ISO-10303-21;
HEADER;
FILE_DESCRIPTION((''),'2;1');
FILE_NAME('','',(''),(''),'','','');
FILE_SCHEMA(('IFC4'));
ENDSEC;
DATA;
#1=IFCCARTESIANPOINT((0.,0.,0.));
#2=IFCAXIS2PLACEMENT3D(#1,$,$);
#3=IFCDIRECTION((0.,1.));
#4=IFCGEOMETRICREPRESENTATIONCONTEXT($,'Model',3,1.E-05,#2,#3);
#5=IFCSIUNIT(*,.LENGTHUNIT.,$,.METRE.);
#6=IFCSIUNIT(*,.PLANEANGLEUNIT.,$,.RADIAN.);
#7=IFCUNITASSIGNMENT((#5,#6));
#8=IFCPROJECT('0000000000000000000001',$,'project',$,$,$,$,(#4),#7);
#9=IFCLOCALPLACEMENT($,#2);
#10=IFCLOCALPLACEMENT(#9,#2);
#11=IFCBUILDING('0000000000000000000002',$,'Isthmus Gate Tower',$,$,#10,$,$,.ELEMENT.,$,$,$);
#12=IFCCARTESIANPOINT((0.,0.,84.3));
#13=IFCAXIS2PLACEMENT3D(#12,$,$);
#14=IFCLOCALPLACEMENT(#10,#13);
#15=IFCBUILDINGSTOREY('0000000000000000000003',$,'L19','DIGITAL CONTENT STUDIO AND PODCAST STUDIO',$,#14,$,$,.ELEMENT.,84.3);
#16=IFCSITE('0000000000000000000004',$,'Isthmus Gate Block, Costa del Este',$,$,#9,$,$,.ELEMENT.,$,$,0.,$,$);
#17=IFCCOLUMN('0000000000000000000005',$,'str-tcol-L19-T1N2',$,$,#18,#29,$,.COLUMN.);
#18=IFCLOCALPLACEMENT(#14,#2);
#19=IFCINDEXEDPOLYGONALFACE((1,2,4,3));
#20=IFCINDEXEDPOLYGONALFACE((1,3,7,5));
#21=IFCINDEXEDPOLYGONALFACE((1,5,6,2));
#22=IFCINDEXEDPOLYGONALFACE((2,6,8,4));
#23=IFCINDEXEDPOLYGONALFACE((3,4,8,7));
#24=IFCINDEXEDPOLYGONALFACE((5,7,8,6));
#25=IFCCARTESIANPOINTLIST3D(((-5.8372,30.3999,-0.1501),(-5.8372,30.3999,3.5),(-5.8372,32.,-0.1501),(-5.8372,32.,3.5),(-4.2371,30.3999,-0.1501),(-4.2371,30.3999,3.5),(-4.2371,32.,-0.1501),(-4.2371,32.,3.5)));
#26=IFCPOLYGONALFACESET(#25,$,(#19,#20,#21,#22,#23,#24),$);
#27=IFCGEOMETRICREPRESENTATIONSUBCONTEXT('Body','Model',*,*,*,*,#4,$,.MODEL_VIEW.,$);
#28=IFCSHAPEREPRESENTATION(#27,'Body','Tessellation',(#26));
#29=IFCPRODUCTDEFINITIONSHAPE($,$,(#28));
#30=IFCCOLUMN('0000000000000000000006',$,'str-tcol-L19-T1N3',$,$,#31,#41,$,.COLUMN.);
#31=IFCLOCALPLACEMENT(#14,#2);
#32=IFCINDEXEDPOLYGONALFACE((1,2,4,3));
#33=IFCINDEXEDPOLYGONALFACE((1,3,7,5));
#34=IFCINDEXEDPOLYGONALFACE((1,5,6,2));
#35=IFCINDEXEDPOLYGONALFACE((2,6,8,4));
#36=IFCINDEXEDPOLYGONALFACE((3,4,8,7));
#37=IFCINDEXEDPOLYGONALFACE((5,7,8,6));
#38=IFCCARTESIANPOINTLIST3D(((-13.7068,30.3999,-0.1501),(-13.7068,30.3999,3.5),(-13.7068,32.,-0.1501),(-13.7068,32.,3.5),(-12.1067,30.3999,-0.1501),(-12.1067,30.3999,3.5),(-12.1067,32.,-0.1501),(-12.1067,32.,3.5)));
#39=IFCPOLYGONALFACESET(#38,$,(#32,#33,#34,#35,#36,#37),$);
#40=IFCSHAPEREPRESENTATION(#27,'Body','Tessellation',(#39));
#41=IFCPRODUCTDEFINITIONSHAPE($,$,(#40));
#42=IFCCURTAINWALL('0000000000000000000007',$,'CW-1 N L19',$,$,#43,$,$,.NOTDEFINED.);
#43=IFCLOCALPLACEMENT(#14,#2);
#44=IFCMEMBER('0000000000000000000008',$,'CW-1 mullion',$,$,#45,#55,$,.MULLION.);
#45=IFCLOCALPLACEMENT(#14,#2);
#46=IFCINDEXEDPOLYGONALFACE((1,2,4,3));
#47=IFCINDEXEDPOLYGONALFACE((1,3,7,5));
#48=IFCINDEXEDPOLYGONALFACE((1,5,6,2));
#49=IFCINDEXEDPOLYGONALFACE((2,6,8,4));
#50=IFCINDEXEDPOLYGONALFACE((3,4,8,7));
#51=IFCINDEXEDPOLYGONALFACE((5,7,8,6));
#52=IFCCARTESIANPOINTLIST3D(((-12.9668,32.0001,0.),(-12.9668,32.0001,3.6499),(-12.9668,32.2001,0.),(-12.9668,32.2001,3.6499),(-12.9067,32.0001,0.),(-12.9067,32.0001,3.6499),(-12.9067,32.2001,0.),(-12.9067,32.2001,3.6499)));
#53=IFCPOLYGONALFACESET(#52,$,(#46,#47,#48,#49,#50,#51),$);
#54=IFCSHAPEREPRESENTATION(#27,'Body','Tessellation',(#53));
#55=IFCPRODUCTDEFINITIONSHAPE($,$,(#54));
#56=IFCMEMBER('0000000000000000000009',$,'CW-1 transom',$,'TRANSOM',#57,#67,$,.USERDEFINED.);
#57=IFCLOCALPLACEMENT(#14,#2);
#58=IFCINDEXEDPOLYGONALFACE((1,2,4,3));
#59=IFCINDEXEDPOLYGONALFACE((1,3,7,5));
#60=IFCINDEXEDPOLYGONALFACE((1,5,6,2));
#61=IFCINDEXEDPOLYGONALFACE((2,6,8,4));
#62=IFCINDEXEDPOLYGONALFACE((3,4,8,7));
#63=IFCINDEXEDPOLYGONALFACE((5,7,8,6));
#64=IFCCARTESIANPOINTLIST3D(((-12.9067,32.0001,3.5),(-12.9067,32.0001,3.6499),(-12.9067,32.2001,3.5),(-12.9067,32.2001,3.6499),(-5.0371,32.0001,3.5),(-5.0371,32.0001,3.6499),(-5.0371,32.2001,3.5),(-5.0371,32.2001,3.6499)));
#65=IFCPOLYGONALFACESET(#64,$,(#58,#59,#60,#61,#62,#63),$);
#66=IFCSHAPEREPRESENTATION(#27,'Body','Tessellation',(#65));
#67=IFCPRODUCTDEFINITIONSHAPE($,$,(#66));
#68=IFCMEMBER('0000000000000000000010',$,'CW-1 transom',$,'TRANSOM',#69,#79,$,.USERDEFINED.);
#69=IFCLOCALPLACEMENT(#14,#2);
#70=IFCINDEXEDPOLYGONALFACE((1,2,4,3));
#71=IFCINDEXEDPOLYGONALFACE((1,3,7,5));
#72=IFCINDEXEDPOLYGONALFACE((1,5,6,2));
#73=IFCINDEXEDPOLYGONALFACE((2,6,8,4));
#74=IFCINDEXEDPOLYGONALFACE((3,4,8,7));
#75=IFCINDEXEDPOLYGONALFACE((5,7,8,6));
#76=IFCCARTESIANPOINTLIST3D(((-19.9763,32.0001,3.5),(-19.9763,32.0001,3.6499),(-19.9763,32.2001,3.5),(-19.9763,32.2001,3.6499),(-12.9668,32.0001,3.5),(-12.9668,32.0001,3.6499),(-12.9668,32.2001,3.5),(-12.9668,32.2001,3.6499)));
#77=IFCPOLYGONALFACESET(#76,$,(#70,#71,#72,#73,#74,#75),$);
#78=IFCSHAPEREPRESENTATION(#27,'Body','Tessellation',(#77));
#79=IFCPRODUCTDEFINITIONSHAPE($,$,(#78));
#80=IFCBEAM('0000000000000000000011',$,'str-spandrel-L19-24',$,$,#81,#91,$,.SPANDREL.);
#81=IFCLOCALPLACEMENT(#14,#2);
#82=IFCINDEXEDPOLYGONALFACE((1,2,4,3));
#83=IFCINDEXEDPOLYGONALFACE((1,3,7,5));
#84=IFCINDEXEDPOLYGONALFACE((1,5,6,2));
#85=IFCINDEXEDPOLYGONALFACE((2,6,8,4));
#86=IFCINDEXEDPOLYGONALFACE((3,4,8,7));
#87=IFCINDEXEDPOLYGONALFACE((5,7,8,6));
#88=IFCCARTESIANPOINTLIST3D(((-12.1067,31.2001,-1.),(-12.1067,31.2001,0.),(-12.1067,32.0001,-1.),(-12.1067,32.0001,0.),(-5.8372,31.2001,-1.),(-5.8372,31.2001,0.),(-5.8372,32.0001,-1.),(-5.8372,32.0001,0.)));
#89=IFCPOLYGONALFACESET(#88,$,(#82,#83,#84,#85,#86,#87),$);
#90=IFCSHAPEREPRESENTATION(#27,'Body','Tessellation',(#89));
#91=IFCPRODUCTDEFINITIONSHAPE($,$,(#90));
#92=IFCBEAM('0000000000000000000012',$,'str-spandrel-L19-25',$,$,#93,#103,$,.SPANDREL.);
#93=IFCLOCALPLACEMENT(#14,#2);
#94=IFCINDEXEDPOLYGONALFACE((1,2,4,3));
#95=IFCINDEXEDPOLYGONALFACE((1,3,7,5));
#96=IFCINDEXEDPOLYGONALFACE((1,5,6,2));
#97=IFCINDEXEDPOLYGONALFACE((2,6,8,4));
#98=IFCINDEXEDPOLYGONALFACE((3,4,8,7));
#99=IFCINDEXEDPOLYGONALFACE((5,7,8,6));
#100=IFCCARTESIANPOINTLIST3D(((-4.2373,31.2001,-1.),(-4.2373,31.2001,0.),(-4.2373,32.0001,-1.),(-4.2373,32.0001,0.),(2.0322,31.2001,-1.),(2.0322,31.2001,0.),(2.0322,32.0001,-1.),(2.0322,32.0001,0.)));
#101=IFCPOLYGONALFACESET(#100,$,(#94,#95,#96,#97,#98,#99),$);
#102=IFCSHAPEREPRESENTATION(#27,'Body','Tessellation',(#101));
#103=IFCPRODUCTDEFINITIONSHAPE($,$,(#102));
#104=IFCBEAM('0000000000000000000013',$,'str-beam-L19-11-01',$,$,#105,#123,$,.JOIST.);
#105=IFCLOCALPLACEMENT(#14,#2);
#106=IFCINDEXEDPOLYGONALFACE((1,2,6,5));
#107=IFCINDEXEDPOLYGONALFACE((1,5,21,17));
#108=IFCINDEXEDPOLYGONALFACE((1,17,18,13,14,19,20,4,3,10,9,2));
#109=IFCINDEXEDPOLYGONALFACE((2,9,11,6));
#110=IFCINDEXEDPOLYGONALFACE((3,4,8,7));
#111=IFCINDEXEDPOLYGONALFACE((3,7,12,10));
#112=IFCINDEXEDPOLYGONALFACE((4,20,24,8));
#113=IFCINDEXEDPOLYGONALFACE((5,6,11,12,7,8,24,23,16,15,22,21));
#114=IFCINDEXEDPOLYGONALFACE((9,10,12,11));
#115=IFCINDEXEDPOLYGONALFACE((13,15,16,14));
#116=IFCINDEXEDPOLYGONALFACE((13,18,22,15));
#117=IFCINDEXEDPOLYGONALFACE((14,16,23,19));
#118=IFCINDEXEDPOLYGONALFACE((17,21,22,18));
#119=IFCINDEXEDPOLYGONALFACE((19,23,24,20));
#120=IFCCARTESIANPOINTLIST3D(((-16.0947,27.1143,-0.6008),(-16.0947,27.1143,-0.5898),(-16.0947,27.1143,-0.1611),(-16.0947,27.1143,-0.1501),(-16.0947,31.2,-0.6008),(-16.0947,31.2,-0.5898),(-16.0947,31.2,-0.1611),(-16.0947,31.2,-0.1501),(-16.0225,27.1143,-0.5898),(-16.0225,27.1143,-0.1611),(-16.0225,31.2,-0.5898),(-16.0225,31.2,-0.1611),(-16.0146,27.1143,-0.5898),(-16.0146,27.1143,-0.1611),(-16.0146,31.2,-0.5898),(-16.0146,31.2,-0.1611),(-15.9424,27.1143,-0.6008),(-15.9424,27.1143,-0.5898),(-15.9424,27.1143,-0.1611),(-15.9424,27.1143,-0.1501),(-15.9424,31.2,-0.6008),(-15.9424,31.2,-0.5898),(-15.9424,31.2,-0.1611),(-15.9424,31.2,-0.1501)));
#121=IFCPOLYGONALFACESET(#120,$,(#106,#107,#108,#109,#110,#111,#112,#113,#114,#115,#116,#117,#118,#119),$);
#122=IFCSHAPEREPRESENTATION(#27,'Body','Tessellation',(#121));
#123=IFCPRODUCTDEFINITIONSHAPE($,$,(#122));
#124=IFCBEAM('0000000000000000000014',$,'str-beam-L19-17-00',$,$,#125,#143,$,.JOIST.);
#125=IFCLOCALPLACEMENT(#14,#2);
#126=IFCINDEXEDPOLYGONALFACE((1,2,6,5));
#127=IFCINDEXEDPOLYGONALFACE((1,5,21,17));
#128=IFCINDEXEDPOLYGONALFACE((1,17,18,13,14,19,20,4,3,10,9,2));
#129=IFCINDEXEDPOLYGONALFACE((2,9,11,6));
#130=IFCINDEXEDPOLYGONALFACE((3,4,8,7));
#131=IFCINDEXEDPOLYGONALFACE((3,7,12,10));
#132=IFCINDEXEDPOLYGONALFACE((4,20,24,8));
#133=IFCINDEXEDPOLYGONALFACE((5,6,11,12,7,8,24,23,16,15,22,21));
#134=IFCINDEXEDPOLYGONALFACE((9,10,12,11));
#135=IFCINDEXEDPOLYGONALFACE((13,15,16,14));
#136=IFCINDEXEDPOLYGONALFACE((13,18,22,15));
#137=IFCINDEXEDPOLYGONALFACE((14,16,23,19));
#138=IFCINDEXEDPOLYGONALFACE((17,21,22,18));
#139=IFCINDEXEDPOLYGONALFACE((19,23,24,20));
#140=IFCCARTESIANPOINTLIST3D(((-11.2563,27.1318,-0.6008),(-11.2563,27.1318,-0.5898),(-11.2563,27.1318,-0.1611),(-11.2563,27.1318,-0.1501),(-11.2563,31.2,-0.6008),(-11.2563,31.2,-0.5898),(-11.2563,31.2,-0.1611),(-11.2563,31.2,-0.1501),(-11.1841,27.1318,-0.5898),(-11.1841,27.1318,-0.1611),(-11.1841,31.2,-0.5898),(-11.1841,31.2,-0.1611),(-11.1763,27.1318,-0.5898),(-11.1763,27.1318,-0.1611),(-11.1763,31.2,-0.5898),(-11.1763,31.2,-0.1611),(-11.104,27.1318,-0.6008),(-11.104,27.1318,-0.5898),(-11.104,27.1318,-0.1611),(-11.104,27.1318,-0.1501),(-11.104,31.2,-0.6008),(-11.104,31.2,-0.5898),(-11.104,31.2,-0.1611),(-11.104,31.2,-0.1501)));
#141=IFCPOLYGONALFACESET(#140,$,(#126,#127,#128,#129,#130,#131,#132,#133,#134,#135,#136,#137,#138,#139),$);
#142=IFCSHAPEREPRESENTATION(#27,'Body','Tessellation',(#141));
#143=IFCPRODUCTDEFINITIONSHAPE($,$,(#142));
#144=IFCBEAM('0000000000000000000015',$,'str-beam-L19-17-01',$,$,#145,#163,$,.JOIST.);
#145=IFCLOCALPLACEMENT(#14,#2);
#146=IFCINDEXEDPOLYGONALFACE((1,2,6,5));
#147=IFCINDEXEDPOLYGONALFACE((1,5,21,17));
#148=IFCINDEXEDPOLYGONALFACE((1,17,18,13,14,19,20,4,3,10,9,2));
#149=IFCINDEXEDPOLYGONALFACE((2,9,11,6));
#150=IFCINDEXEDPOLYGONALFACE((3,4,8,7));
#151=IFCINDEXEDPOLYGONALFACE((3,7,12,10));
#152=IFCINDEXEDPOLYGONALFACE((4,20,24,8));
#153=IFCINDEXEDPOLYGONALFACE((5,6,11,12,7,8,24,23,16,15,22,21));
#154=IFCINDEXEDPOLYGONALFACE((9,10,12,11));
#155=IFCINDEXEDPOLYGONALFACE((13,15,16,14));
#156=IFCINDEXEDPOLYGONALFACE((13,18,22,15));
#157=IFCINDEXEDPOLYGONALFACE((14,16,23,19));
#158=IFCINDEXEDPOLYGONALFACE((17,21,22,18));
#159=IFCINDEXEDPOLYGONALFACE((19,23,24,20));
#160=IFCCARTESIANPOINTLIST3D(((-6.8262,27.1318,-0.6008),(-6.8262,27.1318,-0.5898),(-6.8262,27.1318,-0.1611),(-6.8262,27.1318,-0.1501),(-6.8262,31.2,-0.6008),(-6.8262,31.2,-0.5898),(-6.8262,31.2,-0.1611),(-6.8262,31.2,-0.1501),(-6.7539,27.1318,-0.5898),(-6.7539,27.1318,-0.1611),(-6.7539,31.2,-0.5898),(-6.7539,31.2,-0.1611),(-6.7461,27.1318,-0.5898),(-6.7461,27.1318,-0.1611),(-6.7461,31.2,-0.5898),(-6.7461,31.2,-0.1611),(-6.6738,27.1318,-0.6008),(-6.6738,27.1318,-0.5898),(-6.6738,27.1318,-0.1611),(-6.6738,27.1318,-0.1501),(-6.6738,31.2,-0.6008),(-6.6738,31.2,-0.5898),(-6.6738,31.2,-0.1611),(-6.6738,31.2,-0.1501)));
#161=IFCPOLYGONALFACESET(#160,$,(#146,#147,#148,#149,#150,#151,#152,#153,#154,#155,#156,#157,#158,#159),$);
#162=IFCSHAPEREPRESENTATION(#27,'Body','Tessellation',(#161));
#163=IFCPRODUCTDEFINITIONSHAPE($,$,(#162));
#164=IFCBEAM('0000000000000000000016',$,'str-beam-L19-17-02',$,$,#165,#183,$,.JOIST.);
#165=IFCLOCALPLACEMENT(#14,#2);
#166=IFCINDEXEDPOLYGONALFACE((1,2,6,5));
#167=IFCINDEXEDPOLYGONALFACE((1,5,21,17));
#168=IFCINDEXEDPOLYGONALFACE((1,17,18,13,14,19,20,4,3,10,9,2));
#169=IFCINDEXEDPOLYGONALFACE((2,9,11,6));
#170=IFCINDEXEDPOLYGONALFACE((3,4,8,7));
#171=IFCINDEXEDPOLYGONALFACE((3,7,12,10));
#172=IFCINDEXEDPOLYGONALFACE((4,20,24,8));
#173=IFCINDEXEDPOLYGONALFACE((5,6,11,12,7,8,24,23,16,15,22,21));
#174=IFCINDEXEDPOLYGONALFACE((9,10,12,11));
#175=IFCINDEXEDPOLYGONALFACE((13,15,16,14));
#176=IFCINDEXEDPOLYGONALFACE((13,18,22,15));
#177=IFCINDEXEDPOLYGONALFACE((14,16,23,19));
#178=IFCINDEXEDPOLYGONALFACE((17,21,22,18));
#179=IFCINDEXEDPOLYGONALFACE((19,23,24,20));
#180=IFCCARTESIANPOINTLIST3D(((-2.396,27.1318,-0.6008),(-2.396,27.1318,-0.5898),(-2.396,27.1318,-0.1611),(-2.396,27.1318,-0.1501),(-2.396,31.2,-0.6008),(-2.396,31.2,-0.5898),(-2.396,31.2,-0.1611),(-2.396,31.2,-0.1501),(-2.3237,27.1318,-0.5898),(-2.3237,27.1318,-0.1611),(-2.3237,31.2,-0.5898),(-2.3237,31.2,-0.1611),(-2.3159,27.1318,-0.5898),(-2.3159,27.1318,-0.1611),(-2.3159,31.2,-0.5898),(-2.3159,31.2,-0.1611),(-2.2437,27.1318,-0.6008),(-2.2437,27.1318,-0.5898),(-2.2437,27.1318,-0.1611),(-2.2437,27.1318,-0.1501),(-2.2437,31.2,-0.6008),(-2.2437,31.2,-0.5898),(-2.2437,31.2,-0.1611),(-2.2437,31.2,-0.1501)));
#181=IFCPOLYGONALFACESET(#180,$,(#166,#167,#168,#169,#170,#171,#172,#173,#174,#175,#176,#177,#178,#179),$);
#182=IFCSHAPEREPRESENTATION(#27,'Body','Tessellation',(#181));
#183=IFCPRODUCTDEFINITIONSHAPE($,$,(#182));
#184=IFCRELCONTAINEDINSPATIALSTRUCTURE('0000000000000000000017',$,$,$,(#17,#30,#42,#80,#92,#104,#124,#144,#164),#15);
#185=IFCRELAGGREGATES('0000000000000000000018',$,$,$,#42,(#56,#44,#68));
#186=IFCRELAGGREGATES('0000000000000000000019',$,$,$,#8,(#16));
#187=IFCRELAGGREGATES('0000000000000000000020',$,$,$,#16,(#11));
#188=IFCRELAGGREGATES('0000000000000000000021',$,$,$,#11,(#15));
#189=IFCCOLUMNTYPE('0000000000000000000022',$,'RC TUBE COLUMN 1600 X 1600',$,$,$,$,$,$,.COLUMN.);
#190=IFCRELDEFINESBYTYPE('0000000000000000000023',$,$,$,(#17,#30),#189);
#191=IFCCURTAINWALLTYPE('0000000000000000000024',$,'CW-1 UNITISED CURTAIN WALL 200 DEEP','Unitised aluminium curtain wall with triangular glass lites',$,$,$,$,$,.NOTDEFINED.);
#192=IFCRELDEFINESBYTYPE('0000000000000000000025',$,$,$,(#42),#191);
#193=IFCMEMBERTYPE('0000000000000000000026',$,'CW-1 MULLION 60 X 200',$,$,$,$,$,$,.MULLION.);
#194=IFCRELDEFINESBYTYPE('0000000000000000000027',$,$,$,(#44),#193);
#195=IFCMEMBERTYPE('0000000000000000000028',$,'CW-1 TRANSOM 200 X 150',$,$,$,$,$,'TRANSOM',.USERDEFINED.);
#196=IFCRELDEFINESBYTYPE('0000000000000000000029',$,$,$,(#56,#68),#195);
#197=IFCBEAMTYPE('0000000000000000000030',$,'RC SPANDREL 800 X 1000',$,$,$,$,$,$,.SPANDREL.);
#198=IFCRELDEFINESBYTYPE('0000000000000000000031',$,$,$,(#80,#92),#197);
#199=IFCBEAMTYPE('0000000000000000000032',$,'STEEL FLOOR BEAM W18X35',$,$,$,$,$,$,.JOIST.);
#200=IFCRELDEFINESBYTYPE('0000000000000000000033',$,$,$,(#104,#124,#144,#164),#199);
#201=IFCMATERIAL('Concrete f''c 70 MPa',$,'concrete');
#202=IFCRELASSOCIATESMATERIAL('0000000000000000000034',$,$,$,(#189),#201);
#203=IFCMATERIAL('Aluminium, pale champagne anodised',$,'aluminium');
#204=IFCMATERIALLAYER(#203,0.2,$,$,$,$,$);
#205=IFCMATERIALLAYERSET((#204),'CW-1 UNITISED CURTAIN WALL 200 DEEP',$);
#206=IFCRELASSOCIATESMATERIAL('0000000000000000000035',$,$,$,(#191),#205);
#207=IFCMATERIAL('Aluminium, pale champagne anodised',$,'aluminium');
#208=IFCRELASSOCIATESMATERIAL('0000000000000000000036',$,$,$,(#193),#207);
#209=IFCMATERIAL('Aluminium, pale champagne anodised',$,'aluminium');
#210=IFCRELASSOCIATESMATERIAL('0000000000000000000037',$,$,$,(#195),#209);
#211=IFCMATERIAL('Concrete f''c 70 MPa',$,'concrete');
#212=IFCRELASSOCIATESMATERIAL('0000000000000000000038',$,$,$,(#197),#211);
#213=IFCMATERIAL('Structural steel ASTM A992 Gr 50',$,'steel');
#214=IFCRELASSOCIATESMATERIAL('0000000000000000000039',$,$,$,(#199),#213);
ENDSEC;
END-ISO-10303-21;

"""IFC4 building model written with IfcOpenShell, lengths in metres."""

from ifc_helpers import new_model, si_unit, direction, frame, origin, origin_2d, place, context, subcontext, project, spatial, rectangle, i_section, extrude, material, layer, layer_set, material_profile, profile_set, type_object, element, aggregate, save


model = new_model("IFC4")

# Units and contexts
model_context = context("Model", 3, precision=1e-05, world=origin(), true_north=direction((0.0, 1.0)))
body_context = subcontext(model_context, "Body", "Model", "MODEL_VIEW")
ifc_project = project(units=[si_unit("LENGTHUNIT", "METRE"), si_unit("PLANEANGLEUNIT", "RADIAN")], contexts=[model_context])

# Site, building, storey
site_placement = place(None, origin())
site = spatial("IfcSite", under=ifc_project, at=site_placement, Name="Isthmus Gate Block, Costa del Este", CompositionType="ELEMENT", RefElevation=0.0)
building_placement = place(site_placement, origin())
building = spatial("IfcBuilding", under=site, at=building_placement, Name="Isthmus Gate Tower", CompositionType="ELEMENT")
storey_placement = place(building_placement, frame((0.0, 0.0, 84.3)))
storey = spatial("IfcBuildingStorey", under=building, at=storey_placement, Name="L19", Description="DIGITAL CONTENT STUDIO AND PODCAST STUDIO", CompositionType="ELEMENT", Elevation=84.3)

# Columns
ifc_material_1 = material(Name="Concrete f'c 70 MPa", Category="concrete")
ifc_material_profile_1 = material_profile(ifc_material_1, rectangle(XDim=1.6001, YDim=1.6001, at=origin_2d()), Name="RC 1600X1600")
ifc_profile_set_1 = profile_set([ifc_material_profile_1], Name="Concrete f'c 70 MPa")
column_type = type_object("IfcColumnType", Name="RC TUBE COLUMN 1600 X 1600", PredefinedType="COLUMN", material=ifc_profile_set_1)
for number, where, z_axis, x_axis, name in (
    (1, (-5.0371, 31.2, -0.1501), (0.0, 0.0, 1.0), (-1.0, 0.0, 0.0), "str-tcol-L19-T1N2"),
    (2, (-12.9067, 31.2, -0.1501), (0.0, 0.0, 1.0), (-1.0, 0.0, 0.0), "str-tcol-L19-T1N3"),
):
    element("IfcColumn", number, at=place(storey_placement, frame(where, z_axis=z_axis, x_axis=x_axis)), inside=storey, type_object=column_type, Name=name, PredefinedType="COLUMN", context=body_context, shape_type="SweptSolid", body=[
        extrude(rectangle(XDim=1.6001, YDim=1.6001, at=origin_2d()), origin(), (0.0, 0.0, 1.0), 3.6501),
    ])

# Curtain wall, members
ifc_material_2 = material(Name="Aluminium, pale champagne anodised", Category="aluminium")
ifc_layer_1 = layer(ifc_material_2, 0.2)
ifc_layer_set_1 = layer_set([ifc_layer_1], Name="CW-1 UNITISED CURTAIN WALL 200 DEEP")
curtain_wall_type = type_object("IfcCurtainWallType", Name="CW-1 UNITISED CURTAIN WALL 200 DEEP", Description="Unitised aluminium curtain wall with triangular glass lites", PredefinedType="NOTDEFINED", material=ifc_layer_set_1)
curtain_wall_placement = place(storey_placement, origin())
curtain_wall = element("IfcCurtainWall", 3, at=curtain_wall_placement, inside=storey, type_object=curtain_wall_type, Name="CW-1 N L19", PredefinedType="NOTDEFINED")
ifc_material_3 = material(Name="Aluminium, pale champagne anodised", Category="aluminium")
ifc_material_profile_2 = material_profile(ifc_material_3, rectangle(XDim=0.0601, YDim=0.2, at=origin_2d()), Name="60x200")
ifc_profile_set_2 = profile_set([ifc_material_profile_2], Name="Aluminium, pale champagne anodised")
member_type_1 = type_object("IfcMemberType", Name="CW-1 MULLION 60 X 200", PredefinedType="MULLION", material=ifc_profile_set_2)
member_1_placement = place(storey_placement, frame((-12.9368, 32.1001, 0.0), z_axis=(0.0, 0.0, 1.0), x_axis=(-1.0, 0.0, 0.0)))
member_1 = element("IfcMember", 4, at=member_1_placement, type_object=member_type_1, Name="CW-1 mullion", PredefinedType="MULLION", context=body_context, shape_type="SweptSolid", body=[
    extrude(rectangle(XDim=0.0601, YDim=0.2, at=origin_2d()), origin(), (0.0, 0.0, 1.0), 3.6499),
])
ifc_material_4 = material(Name="Aluminium, pale champagne anodised", Category="aluminium")
ifc_material_profile_3 = material_profile(ifc_material_4, rectangle(XDim=0.2, YDim=0.1499, at=origin_2d()), Name="200x150")
ifc_profile_set_3 = profile_set([ifc_material_profile_3], Name="Aluminium, pale champagne anodised")
member_type_2 = type_object("IfcMemberType", Name="CW-1 TRANSOM 200 X 150", ElementType="TRANSOM", PredefinedType="USERDEFINED", material=ifc_profile_set_3)
member_2_placement = place(storey_placement, frame((-5.0371, 32.1001, 3.575), z_axis=(-1.0, 0.0, 0.0), x_axis=(0.0, -1.0, 0.0)))
member_2 = element("IfcMember", 5, at=member_2_placement, type_object=member_type_2, Name="CW-1 transom", ObjectType="TRANSOM", PredefinedType="USERDEFINED", context=body_context, shape_type="SweptSolid", body=[
    extrude(rectangle(XDim=0.2, YDim=0.1499, at=origin_2d()), origin(), (0.0, 0.0, 1.0), 7.8696),
])
member_3_placement = place(storey_placement, frame((-12.9668, 32.1001, 3.575), z_axis=(-1.0, 0.0, 0.0), x_axis=(0.0, -1.0, 0.0)))
member_3 = element("IfcMember", 6, at=member_3_placement, type_object=member_type_2, Name="CW-1 transom", ObjectType="TRANSOM", PredefinedType="USERDEFINED", context=body_context, shape_type="SweptSolid", body=[
    extrude(rectangle(XDim=0.2, YDim=0.1499, at=origin_2d()), origin(), (0.0, 0.0, 1.0), 7.0095),
])

# Beams
ifc_material_5 = material(Name="Concrete f'c 70 MPa", Category="concrete")
ifc_material_profile_4 = material_profile(ifc_material_5, rectangle(XDim=0.8, YDim=1.0, at=origin_2d()), Name="RC 800X1000")
ifc_profile_set_4 = profile_set([ifc_material_profile_4], Name="Concrete f'c 70 MPa")
beam_type_1 = type_object("IfcBeamType", Name="RC SPANDREL 800 X 1000", PredefinedType="SPANDREL", material=ifc_profile_set_4)
for number, where, z_axis, x_axis, name in (
    (7, (-12.1067, 31.6001, -0.5), (1.0, 0.0, 0.0), (0.0, 1.0, 0.0), "str-spandrel-L19-24"),
    (8, (-4.2373, 31.6001, -0.5), (1.0, 0.0, 0.0), (0.0, 1.0, 0.0), "str-spandrel-L19-25"),
):
    element("IfcBeam", number, at=place(storey_placement, frame(where, z_axis=z_axis, x_axis=x_axis)), inside=storey, type_object=beam_type_1, Name=name, PredefinedType="SPANDREL", context=body_context, shape_type="SweptSolid", body=[
        extrude(rectangle(XDim=0.8, YDim=1.0, at=origin_2d()), origin(), (0.0, 0.0, 1.0), 6.2695),
    ])
ifc_material_6 = material(Name="Structural steel ASTM A992 Gr 50", Category="steel")
ifc_material_profile_5 = material_profile(ifc_material_6, i_section(OverallWidth=0.1523, OverallDepth=0.4507, WebThickness=0.0078, FlangeThickness=0.011, at=origin_2d()), Name="W18X35")
ifc_profile_set_5 = profile_set([ifc_material_profile_5], Name="Structural steel ASTM A992 Gr 50")
beam_type_2 = type_object("IfcBeamType", Name="STEEL FLOOR BEAM W18X35", PredefinedType="JOIST", material=ifc_profile_set_5)
beam_1_placement = place(storey_placement, frame((-16.0186, 27.1143, -0.3755), z_axis=(0.0, 1.0, 0.0), x_axis=(-1.0, 0.0, 0.0)))
element("IfcBeam", 9, at=beam_1_placement, inside=storey, type_object=beam_type_2, Name="str-beam-L19-11-01", PredefinedType="JOIST", context=body_context, shape_type="SweptSolid", body=[
    extrude(i_section(OverallWidth=0.1523, OverallDepth=0.4507, WebThickness=0.0078, FlangeThickness=0.011, at=origin_2d()), origin(), (0.0, 0.0, 1.0), 4.0857),
])
for number, where, z_axis, x_axis, name in (
    (10, (-11.1802, 27.1318, -0.3755), (0.0, 1.0, 0.0), (-1.0, 0.0, 0.0), "str-beam-L19-17-00"),
    (11, (-6.75, 27.1318, -0.3755), (0.0, 1.0, 0.0), (-1.0, 0.0, 0.0), "str-beam-L19-17-01"),
    (12, (-2.3198, 27.1318, -0.3755), (0.0, 1.0, 0.0), (-1.0, 0.0, 0.0), "str-beam-L19-17-02"),
):
    element("IfcBeam", number, at=place(storey_placement, frame(where, z_axis=z_axis, x_axis=x_axis)), inside=storey, type_object=beam_type_2, Name=name, PredefinedType="JOIST", context=body_context, shape_type="SweptSolid", body=[
        extrude(i_section(OverallWidth=0.1523, OverallDepth=0.4507, WebThickness=0.0078, FlangeThickness=0.011, at=origin_2d()), origin(), (0.0, 0.0, 1.0), 4.0681),
    ])

aggregate(curtain_wall, [member_2, member_1, member_3])

save(model, "model.ifc")
